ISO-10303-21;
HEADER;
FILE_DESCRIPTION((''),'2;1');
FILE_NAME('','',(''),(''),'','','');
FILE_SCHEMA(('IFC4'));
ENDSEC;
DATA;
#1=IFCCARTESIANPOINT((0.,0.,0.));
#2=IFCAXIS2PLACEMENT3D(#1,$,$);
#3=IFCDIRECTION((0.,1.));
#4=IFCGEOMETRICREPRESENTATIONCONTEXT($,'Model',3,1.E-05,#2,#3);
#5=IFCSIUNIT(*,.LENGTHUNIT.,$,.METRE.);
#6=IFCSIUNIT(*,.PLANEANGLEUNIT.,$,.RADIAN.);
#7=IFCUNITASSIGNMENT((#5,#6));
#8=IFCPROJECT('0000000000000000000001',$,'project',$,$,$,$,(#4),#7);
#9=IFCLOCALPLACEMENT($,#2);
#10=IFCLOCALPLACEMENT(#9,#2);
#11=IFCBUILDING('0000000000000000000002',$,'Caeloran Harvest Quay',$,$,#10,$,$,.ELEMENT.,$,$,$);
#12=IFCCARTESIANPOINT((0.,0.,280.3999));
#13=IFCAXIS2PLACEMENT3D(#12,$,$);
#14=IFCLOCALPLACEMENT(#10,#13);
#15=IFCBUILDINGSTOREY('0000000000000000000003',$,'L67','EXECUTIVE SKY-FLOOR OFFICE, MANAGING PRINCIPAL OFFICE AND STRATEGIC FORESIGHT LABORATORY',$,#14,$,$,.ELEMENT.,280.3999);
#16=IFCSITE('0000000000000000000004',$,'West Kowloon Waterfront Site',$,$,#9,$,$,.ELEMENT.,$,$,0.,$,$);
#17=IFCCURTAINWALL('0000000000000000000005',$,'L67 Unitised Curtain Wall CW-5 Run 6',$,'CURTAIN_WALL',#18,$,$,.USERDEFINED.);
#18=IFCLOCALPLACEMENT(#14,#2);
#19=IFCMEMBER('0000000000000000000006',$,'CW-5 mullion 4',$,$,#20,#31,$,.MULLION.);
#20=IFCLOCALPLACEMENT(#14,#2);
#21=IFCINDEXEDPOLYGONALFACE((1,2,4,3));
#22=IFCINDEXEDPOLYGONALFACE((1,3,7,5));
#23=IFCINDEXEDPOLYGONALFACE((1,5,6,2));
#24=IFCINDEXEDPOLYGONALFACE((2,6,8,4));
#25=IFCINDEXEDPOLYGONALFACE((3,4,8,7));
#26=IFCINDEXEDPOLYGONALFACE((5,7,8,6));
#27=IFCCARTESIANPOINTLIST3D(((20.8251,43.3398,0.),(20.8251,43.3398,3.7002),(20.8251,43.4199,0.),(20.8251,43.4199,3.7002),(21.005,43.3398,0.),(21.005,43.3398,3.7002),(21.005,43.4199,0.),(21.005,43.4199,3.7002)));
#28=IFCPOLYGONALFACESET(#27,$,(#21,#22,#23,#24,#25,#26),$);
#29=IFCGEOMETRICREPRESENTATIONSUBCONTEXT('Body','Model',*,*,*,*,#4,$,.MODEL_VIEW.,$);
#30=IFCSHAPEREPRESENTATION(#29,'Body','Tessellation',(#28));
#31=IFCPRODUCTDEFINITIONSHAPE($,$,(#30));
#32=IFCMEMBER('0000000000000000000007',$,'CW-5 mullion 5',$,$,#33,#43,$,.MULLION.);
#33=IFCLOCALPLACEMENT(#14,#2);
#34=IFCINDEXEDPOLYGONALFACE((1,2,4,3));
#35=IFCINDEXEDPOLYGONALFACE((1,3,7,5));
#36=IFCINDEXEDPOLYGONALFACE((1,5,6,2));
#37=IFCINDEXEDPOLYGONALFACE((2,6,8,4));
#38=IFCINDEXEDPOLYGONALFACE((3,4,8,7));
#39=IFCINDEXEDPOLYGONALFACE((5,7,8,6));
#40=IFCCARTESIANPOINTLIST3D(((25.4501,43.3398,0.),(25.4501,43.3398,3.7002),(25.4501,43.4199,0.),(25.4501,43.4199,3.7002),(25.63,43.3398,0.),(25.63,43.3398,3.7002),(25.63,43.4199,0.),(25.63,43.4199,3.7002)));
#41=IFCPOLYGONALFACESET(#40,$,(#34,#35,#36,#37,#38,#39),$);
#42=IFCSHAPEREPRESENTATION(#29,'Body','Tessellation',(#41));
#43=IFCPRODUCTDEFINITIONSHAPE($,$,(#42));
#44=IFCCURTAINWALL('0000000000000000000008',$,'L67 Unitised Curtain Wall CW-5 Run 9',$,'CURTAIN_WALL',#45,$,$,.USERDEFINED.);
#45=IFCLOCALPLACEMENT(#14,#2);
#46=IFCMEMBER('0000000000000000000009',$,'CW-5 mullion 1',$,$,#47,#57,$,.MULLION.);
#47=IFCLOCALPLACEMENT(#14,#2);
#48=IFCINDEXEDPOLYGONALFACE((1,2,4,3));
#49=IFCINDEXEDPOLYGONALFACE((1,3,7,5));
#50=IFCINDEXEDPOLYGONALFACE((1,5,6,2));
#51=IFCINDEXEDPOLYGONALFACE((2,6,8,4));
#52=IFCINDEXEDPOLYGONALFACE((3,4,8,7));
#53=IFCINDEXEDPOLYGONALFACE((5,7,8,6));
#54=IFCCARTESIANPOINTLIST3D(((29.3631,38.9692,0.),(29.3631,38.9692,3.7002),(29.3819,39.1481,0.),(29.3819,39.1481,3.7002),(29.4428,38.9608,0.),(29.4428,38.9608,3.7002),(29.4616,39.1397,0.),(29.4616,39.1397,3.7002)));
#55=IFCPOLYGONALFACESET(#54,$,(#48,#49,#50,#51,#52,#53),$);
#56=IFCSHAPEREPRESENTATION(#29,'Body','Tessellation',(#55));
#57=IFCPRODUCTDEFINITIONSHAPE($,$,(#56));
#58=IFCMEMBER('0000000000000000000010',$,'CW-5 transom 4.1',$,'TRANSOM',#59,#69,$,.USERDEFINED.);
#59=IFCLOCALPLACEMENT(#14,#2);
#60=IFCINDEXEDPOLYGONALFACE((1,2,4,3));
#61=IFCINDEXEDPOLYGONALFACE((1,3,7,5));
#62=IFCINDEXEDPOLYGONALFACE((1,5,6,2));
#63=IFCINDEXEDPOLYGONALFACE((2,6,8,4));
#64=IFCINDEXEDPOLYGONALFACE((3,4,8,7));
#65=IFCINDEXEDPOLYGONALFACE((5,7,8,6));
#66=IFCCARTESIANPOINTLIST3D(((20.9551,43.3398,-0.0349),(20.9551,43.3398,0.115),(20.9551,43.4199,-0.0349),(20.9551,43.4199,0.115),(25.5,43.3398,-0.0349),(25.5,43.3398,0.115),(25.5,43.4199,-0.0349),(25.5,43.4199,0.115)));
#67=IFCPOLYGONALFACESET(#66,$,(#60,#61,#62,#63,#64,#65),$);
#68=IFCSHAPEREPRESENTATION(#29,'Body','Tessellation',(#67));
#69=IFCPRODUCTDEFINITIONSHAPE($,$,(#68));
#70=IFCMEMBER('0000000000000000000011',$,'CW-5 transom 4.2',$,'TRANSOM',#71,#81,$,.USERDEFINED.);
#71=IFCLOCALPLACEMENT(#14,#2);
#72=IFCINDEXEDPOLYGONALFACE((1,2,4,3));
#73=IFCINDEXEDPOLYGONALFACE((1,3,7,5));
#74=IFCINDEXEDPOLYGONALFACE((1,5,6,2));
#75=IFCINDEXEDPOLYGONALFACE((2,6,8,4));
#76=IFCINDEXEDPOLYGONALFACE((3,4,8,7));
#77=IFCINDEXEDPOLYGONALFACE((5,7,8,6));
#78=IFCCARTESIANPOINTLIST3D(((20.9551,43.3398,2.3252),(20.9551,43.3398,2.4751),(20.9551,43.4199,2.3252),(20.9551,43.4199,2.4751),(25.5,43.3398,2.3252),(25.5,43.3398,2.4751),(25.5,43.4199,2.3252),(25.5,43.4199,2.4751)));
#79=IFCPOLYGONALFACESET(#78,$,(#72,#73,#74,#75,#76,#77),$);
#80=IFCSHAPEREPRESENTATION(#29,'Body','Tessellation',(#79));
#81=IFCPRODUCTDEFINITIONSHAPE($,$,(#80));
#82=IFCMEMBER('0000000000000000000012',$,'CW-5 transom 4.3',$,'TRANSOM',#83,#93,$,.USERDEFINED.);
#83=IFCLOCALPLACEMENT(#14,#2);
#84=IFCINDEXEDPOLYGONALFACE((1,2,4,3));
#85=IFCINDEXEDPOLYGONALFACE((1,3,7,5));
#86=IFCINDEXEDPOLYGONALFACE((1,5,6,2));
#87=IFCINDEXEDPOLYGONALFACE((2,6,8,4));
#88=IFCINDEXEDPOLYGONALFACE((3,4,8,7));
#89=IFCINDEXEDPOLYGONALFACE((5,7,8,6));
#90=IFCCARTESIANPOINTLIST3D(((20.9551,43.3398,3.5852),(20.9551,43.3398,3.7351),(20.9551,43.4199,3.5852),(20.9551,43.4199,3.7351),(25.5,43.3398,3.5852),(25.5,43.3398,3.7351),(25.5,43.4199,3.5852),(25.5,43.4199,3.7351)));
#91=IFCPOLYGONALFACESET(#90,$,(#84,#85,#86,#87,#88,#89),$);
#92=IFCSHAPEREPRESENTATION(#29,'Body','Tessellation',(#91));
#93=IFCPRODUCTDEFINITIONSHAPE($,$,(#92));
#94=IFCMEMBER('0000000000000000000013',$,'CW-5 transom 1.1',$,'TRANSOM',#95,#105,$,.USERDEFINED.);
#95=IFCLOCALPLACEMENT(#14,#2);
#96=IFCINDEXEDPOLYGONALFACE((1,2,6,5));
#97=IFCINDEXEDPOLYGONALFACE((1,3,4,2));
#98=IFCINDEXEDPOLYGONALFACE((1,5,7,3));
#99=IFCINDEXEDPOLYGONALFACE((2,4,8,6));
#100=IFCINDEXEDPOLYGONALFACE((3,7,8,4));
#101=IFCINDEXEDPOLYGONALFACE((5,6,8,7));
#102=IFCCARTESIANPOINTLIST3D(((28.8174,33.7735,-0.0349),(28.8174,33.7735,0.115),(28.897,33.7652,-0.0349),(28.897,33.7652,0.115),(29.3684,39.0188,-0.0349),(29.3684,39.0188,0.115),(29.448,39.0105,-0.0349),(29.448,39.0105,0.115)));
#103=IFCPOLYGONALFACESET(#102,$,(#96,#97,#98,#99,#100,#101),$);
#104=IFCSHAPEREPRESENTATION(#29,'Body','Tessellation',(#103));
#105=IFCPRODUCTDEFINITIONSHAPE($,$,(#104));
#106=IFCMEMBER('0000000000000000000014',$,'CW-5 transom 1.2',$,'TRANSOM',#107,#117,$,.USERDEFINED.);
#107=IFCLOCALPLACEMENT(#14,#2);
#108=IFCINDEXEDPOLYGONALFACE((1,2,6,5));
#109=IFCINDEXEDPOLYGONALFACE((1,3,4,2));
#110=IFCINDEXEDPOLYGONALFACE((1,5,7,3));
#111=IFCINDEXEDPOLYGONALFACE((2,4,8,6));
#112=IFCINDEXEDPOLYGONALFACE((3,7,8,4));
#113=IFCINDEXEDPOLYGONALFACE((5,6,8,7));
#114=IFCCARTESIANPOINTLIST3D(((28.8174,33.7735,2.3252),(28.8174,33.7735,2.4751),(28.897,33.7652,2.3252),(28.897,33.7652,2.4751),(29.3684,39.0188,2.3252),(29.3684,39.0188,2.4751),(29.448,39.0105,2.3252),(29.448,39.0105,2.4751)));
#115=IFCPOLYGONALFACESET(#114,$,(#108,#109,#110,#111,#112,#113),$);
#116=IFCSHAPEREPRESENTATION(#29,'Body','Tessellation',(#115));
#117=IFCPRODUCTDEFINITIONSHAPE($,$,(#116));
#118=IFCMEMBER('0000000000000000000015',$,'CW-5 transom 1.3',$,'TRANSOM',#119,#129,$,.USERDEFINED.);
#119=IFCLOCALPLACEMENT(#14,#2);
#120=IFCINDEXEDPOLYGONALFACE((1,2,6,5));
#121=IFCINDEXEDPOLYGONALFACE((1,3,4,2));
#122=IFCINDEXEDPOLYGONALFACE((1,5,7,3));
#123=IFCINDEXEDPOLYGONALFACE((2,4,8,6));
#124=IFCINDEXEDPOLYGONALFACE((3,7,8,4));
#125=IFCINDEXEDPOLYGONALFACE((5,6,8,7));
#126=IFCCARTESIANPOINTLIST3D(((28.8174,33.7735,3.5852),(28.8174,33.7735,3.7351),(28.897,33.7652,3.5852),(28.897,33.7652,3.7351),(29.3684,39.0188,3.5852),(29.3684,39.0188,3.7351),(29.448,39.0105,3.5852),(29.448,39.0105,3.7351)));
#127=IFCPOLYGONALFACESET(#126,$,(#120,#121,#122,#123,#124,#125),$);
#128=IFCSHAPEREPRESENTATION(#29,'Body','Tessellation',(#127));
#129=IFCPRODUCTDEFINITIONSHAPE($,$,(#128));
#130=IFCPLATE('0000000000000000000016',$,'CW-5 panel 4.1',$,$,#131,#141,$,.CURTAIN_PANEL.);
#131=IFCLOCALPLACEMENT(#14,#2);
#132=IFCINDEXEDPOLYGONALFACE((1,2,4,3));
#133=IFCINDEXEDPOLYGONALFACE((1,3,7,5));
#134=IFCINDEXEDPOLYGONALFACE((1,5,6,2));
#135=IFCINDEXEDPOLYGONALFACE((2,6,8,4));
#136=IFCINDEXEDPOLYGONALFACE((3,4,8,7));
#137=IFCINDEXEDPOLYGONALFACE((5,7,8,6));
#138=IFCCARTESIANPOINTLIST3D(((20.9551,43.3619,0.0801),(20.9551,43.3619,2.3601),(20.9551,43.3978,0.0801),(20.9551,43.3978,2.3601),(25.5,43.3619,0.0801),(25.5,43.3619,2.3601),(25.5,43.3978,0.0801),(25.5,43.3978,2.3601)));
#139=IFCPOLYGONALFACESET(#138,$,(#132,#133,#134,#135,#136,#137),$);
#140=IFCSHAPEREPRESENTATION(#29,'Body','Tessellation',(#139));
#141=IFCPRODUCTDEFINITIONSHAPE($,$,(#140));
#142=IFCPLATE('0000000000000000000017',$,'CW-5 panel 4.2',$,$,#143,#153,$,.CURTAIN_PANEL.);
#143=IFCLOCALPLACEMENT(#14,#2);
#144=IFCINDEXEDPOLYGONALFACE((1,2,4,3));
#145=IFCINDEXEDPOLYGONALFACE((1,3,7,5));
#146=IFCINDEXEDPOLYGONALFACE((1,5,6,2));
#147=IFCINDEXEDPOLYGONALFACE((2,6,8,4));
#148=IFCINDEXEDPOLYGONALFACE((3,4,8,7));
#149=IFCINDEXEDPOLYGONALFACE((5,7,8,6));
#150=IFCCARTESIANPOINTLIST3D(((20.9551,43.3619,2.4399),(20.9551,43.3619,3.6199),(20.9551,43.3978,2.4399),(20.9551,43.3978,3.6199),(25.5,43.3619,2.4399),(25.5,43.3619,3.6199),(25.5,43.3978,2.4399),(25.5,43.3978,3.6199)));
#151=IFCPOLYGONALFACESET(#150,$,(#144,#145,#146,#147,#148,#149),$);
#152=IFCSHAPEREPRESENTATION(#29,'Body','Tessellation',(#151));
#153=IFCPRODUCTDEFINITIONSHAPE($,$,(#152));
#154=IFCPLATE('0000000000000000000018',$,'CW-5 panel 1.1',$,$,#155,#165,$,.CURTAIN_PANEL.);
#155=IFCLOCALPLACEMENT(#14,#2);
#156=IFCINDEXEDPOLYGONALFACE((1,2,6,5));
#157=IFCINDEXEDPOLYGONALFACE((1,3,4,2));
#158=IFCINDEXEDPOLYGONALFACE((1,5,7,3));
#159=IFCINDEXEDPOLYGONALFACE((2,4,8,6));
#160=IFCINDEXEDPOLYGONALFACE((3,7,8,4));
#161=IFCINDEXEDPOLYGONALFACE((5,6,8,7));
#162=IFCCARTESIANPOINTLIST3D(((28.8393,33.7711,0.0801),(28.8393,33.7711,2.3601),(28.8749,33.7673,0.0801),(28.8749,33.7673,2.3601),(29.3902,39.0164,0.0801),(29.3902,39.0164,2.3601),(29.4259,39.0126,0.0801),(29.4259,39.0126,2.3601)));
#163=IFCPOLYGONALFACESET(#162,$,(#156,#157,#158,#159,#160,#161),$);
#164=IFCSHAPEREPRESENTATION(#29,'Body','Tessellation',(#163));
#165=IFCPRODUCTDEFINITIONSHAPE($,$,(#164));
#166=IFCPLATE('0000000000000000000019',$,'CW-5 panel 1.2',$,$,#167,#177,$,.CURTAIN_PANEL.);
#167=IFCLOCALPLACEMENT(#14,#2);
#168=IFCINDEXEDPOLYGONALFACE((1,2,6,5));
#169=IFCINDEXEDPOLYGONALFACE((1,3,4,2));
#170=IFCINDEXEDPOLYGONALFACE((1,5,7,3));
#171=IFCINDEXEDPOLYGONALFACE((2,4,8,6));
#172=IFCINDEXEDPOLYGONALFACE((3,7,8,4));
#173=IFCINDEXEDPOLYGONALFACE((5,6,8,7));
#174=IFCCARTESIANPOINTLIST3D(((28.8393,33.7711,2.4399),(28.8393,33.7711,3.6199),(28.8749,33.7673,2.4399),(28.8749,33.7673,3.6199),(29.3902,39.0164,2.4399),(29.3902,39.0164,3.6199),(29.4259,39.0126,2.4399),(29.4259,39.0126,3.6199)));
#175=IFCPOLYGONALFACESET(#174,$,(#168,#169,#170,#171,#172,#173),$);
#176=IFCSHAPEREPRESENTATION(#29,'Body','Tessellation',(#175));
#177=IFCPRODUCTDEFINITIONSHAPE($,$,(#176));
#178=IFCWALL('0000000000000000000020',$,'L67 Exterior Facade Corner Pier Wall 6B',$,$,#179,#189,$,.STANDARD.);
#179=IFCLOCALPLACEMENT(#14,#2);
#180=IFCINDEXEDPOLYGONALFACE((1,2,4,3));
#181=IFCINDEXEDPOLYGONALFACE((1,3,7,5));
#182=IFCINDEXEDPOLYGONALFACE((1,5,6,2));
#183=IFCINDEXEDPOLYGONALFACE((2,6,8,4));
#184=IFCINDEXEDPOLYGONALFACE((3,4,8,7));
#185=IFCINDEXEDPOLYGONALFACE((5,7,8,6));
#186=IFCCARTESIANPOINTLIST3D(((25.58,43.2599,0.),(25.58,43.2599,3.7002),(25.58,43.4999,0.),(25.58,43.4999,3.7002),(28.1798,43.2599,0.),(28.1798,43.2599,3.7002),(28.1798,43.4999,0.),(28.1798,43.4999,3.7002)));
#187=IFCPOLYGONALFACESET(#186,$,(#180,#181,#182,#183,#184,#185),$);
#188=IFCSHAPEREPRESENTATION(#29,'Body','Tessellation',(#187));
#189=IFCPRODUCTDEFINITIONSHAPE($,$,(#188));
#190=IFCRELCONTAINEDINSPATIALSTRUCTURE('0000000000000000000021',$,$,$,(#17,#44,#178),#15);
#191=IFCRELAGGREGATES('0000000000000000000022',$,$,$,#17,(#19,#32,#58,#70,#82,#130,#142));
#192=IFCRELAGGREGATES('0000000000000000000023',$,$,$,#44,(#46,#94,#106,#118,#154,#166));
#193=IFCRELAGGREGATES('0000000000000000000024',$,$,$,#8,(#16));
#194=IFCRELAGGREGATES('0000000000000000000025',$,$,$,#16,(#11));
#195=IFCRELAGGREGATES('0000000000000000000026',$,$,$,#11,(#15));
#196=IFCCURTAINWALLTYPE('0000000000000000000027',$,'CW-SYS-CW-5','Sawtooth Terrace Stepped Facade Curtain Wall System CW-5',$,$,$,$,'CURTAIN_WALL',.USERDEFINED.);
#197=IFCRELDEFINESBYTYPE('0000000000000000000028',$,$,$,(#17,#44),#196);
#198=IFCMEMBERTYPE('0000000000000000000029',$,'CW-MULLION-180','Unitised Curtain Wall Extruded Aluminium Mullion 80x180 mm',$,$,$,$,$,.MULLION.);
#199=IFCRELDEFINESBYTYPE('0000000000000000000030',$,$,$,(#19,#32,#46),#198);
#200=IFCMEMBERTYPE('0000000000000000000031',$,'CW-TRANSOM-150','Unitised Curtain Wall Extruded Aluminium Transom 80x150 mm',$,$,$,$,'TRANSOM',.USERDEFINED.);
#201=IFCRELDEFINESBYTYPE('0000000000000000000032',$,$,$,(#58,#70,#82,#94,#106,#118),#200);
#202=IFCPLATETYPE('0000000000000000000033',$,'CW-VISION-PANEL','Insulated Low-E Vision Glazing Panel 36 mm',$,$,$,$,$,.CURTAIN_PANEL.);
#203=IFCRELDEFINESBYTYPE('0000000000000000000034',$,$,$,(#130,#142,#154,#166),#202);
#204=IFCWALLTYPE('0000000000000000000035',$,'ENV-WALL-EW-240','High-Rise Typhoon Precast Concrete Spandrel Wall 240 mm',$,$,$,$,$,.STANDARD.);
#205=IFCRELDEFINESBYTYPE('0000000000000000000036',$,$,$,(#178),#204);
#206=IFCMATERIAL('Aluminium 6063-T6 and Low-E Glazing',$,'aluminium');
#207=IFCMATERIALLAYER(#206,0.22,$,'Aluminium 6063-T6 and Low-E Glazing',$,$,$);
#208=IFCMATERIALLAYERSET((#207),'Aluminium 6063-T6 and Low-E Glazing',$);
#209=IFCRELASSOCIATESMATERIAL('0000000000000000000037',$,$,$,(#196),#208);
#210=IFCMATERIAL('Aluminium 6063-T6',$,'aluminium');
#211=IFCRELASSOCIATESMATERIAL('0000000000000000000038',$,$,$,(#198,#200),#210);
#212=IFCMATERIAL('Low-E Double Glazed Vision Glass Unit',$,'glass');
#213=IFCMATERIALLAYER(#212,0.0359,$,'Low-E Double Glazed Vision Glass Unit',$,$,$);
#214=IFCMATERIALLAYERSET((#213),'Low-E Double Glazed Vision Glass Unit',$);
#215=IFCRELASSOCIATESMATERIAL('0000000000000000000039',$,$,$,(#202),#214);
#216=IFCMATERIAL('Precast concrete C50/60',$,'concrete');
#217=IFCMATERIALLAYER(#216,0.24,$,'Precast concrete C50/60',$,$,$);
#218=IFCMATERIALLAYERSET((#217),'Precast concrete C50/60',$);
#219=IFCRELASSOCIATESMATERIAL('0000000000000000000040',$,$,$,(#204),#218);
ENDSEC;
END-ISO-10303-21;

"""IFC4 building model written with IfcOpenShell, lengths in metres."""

from ifc_helpers import new_model, si_unit, direction, frame, frame_2d, origin, origin_2d, place, context, subcontext, project, spatial, rectangle, extrude, material, layer, layer_set, material_profile, profile_set, type_object, element, aggregate, save


model = new_model("IFC4")

# Units and contexts
model_context = context("Model", 3, precision=1e-05, world=origin(), true_north=direction((0.0, 1.0)))
body_context = subcontext(model_context, "Body", "Model", "MODEL_VIEW")
ifc_project = project(units=[si_unit("LENGTHUNIT", "METRE"), si_unit("PLANEANGLEUNIT", "RADIAN")], contexts=[model_context])

# Site, building, storey
site_placement = place(None, origin())
site = spatial("IfcSite", under=ifc_project, at=site_placement, Name="West Kowloon Waterfront Site", CompositionType="ELEMENT", RefElevation=0.0)
building_placement = place(site_placement, origin())
building = spatial("IfcBuilding", under=site, at=building_placement, Name="Caeloran Harvest Quay", CompositionType="ELEMENT")
storey_placement = place(building_placement, frame((0.0, 0.0, 280.3999)))
storey = spatial("IfcBuildingStorey", under=building, at=storey_placement, Name="L67", Description="EXECUTIVE SKY-FLOOR OFFICE, MANAGING PRINCIPAL OFFICE AND STRATEGIC FORESIGHT LABORATORY", CompositionType="ELEMENT", Elevation=280.3999)

# Curtain wall, members
ifc_material_1 = material(Name="Aluminium 6063-T6 and Low-E Glazing", Category="aluminium")
ifc_layer_1 = layer(ifc_material_1, 0.22, Name="Aluminium 6063-T6 and Low-E Glazing")
ifc_layer_set_1 = layer_set([ifc_layer_1], Name="Aluminium 6063-T6 and Low-E Glazing")
curtain_wall_type = type_object("IfcCurtainWallType", Name="CW-SYS-CW-5", Description="Sawtooth Terrace Stepped Facade Curtain Wall System CW-5", ElementType="CURTAIN_WALL", PredefinedType="USERDEFINED", material=ifc_layer_set_1)
curtain_wall_1_placement = place(storey_placement, origin())
curtain_wall_1 = element("IfcCurtainWall", 1, at=curtain_wall_1_placement, inside=storey, type_object=curtain_wall_type, Name="L67 Unitised Curtain Wall CW-5 Run 6", ObjectType="CURTAIN_WALL", PredefinedType="USERDEFINED")
ifc_material_2 = material(Name="Aluminium 6063-T6", Category="aluminium")
ifc_material_profile_1 = material_profile(ifc_material_2, rectangle(XDim=0.0801, YDim=0.1799, at=origin_2d()), Name="CW-MULLION-180")
ifc_profile_set_1 = profile_set([ifc_material_profile_1], Name="Aluminium 6063-T6")
member_type_1 = type_object("IfcMemberType", Name="CW-MULLION-180", Description="Unitised Curtain Wall Extruded Aluminium Mullion 80x180 mm", PredefinedType="MULLION", material=ifc_profile_set_1)
member_1_placement = place(storey_placement, frame((20.915, 43.3799, 0.0), z_axis=(0.0, 0.0, 1.0), x_axis=(0.0, 1.0, 0.0)))
member_1 = element("IfcMember", 2, at=member_1_placement, type_object=member_type_1, Name="CW-5 mullion 4", PredefinedType="MULLION", context=body_context, shape_type="SweptSolid", body=[
    extrude(rectangle(XDim=0.0801, YDim=0.1799, at=origin_2d()), origin(), (0.0, 0.0, 1.0), 3.7002),
])
member_2_placement = place(storey_placement, frame((25.54, 43.3799, 0.0), z_axis=(0.0, 0.0, 1.0), x_axis=(0.0, 1.0, 0.0)))
member_2 = element("IfcMember", 3, at=member_2_placement, type_object=member_type_1, Name="CW-5 mullion 5", PredefinedType="MULLION", context=body_context, shape_type="SweptSolid", body=[
    extrude(rectangle(XDim=0.0801, YDim=0.1799, at=origin_2d()), origin(), (0.0, 0.0, 1.0), 3.7002),
])

# Curtain wall, member
curtain_wall_2_placement = place(storey_placement, origin())
curtain_wall_2 = element("IfcCurtainWall", 4, at=curtain_wall_2_placement, inside=storey, type_object=curtain_wall_type, Name="L67 Unitised Curtain Wall CW-5 Run 9", ObjectType="CURTAIN_WALL", PredefinedType="USERDEFINED")
member_3_placement = place(storey_placement, frame((29.4124, 39.0544, 0.0), z_axis=(0.0, 0.0, 1.0), x_axis=(0.994529, -0.10446, 0.0)))
member_3 = element("IfcMember", 5, at=member_3_placement, type_object=member_type_1, Name="CW-5 mullion 1", PredefinedType="MULLION", context=body_context, shape_type="SweptSolid", body=[
    extrude(rectangle(XDim=0.0801, YDim=0.1799, at=origin_2d()), origin(), (0.0, 0.0, 1.0), 3.7002),
])

# Members
ifc_material_profile_2 = material_profile(ifc_material_2, rectangle(XDim=0.0801, YDim=0.1499, at=origin_2d()), Name="CW-TRANSOM-150")
ifc_profile_set_2 = profile_set([ifc_material_profile_2], Name="Aluminium 6063-T6")
member_type_2 = type_object("IfcMemberType", Name="CW-TRANSOM-150", Description="Unitised Curtain Wall Extruded Aluminium Transom 80x150 mm", ElementType="TRANSOM", PredefinedType="USERDEFINED", material=ifc_profile_set_2)
member_4_placement = place(storey_placement, frame((20.9551, 43.3799, 0.04), z_axis=(1.0, 0.0, 0.0), x_axis=(0.0, 1.0, 0.0)))
member_4 = element("IfcMember", 6, at=member_4_placement, type_object=member_type_2, Name="CW-5 transom 4.1", ObjectType="TRANSOM", PredefinedType="USERDEFINED", context=body_context, shape_type="SweptSolid", body=[
    extrude(rectangle(XDim=0.0801, YDim=0.1499, at=origin_2d()), origin(), (0.0, 0.0, 1.0), 4.5449),
])
member_5_placement = place(storey_placement, frame((20.9551, 43.3799, 2.4001), z_axis=(1.0, 0.0, 0.0), x_axis=(0.0, 1.0, 0.0)))
member_5 = element("IfcMember", 7, at=member_5_placement, type_object=member_type_2, Name="CW-5 transom 4.2", ObjectType="TRANSOM", PredefinedType="USERDEFINED", context=body_context, shape_type="SweptSolid", body=[
    extrude(rectangle(XDim=0.0801, YDim=0.1499, at=origin_2d()), origin(), (0.0, 0.0, 1.0), 4.5449),
])
member_6_placement = place(storey_placement, frame((20.9551, 43.3799, 3.6602), z_axis=(1.0, 0.0, 0.0), x_axis=(0.0, 1.0, 0.0)))
member_6 = element("IfcMember", 8, at=member_6_placement, type_object=member_type_2, Name="CW-5 transom 4.3", ObjectType="TRANSOM", PredefinedType="USERDEFINED", context=body_context, shape_type="SweptSolid", body=[
    extrude(rectangle(XDim=0.0801, YDim=0.1499, at=origin_2d()), origin(), (0.0, 0.0, 1.0), 4.5449),
])
member_7_placement = place(storey_placement, frame((29.4082, 39.0146, 0.04), z_axis=(-0.104475, -0.994527, 0.0), x_axis=(0.994527, -0.104475, 0.0)))
member_7 = element("IfcMember", 9, at=member_7_placement, type_object=member_type_2, Name="CW-5 transom 1.1", ObjectType="TRANSOM", PredefinedType="USERDEFINED", context=body_context, shape_type="SweptSolid", body=[
    extrude(rectangle(XDim=0.0801, YDim=0.1499, at=origin_2d()), origin(), (0.0, 0.0, 1.0), 5.2742),
])
member_8_placement = place(storey_placement, frame((29.4082, 39.0146, 2.4001), z_axis=(-0.104475, -0.994527, 0.0), x_axis=(0.994527, -0.104475, 0.0)))
member_8 = element("IfcMember", 10, at=member_8_placement, type_object=member_type_2, Name="CW-5 transom 1.2", ObjectType="TRANSOM", PredefinedType="USERDEFINED", context=body_context, shape_type="SweptSolid", body=[
    extrude(rectangle(XDim=0.0801, YDim=0.1499, at=origin_2d()), origin(), (0.0, 0.0, 1.0), 5.2742),
])
member_9_placement = place(storey_placement, frame((29.4082, 39.0146, 3.6602), z_axis=(-0.104475, -0.994527, 0.0), x_axis=(0.994527, -0.104475, 0.0)))
member_9 = element("IfcMember", 11, at=member_9_placement, type_object=member_type_2, Name="CW-5 transom 1.3", ObjectType="TRANSOM", PredefinedType="USERDEFINED", context=body_context, shape_type="SweptSolid", body=[
    extrude(rectangle(XDim=0.0801, YDim=0.1499, at=origin_2d()), origin(), (0.0, 0.0, 1.0), 5.2742),
])

# Plates
ifc_material_3 = material(Name="Low-E Double Glazed Vision Glass Unit", Category="glass")
ifc_layer_2 = layer(ifc_material_3, 0.0359, Name="Low-E Double Glazed Vision Glass Unit")
ifc_layer_set_2 = layer_set([ifc_layer_2], Name="Low-E Double Glazed Vision Glass Unit")
plate_type = type_object("IfcPlateType", Name="CW-VISION-PANEL", Description="Insulated Low-E Vision Glazing Panel 36 mm", PredefinedType="CURTAIN_PANEL", material=ifc_layer_set_2)
plate_1_placement = place(storey_placement, frame((23.2275, 43.3799, 0.0801), z_axis=(0.0, 0.0, 1.0), x_axis=(1.0, 0.0, 0.0)))
plate_1 = element("IfcPlate", 12, at=plate_1_placement, type_object=plate_type, Name="CW-5 panel 4.1", PredefinedType="CURTAIN_PANEL", context=body_context, shape_type="SweptSolid", body=[
    extrude(rectangle(XDim=4.5449, YDim=0.0359, at=origin_2d()), origin(), (0.0, 0.0, 1.0), 2.28),
])
plate_2_placement = place(storey_placement, frame((23.2275, 43.3799, 2.4399), z_axis=(0.0, 0.0, 1.0), x_axis=(1.0, 0.0, 0.0)))
plate_2 = element("IfcPlate", 13, at=plate_2_placement, type_object=plate_type, Name="CW-5 panel 4.2", PredefinedType="CURTAIN_PANEL", context=body_context, shape_type="SweptSolid", body=[
    extrude(rectangle(XDim=4.5449, YDim=0.0359, at=origin_2d()), origin(), (0.0, 0.0, 1.0), 1.1799),
])
aggregate(curtain_wall_1, [member_1, member_2, member_4, member_5, member_6, plate_1, plate_2])
plate_3_placement = place(storey_placement, frame((29.1326, 36.3918, 0.0801), z_axis=(0.0, 0.0, 1.0), x_axis=(-0.10446, -0.994529, 0.0)))
plate_3 = element("IfcPlate", 14, at=plate_3_placement, type_object=plate_type, Name="CW-5 panel 1.1", PredefinedType="CURTAIN_PANEL", context=body_context, shape_type="SweptSolid", body=[
    extrude(rectangle(XDim=5.2742, YDim=0.0359, at=origin_2d()), origin(), (0.0, 0.0, 1.0), 2.28),
])
plate_4_placement = place(storey_placement, frame((29.1326, 36.3918, 2.4399), z_axis=(0.0, 0.0, 1.0), x_axis=(-0.10446, -0.994529, 0.0)))
plate_4 = element("IfcPlate", 15, at=plate_4_placement, type_object=plate_type, Name="CW-5 panel 1.2", PredefinedType="CURTAIN_PANEL", context=body_context, shape_type="SweptSolid", body=[
    extrude(rectangle(XDim=5.2742, YDim=0.0359, at=origin_2d()), origin(), (0.0, 0.0, 1.0), 1.1799),
])
aggregate(curtain_wall_2, [member_3, member_7, member_8, member_9, plate_3, plate_4])

# Wall
ifc_material_4 = material(Name="Precast concrete C50/60", Category="concrete")
ifc_layer_3 = layer(ifc_material_4, 0.24, Name="Precast concrete C50/60")
ifc_layer_set_3 = layer_set([ifc_layer_3], Name="Precast concrete C50/60")
wall_type_1 = type_object("IfcWallType", Name="ENV-WALL-EW-240", Description="High-Rise Typhoon Precast Concrete Spandrel Wall 240 mm", PredefinedType="STANDARD", material=ifc_layer_set_3)
wall_1_placement = place(storey_placement, frame((25.5801, 43.3799, 0.0), z_axis=(0.0, 0.0, 1.0), x_axis=(1.0, 0.0, 0.0)))
element("IfcWall", 16, at=wall_1_placement, inside=storey, type_object=wall_type_1, Name="L67 Exterior Facade Corner Pier Wall 6B", PredefinedType="STANDARD", context=body_context, shape_type="SweptSolid", body=[
    extrude(rectangle(XDim=2.5999, YDim=0.24, at=frame_2d((1.2998, 0.0))), origin(), (0.0, 0.0, 1.0), 3.7002),
])

save(model, "model.ifc")
